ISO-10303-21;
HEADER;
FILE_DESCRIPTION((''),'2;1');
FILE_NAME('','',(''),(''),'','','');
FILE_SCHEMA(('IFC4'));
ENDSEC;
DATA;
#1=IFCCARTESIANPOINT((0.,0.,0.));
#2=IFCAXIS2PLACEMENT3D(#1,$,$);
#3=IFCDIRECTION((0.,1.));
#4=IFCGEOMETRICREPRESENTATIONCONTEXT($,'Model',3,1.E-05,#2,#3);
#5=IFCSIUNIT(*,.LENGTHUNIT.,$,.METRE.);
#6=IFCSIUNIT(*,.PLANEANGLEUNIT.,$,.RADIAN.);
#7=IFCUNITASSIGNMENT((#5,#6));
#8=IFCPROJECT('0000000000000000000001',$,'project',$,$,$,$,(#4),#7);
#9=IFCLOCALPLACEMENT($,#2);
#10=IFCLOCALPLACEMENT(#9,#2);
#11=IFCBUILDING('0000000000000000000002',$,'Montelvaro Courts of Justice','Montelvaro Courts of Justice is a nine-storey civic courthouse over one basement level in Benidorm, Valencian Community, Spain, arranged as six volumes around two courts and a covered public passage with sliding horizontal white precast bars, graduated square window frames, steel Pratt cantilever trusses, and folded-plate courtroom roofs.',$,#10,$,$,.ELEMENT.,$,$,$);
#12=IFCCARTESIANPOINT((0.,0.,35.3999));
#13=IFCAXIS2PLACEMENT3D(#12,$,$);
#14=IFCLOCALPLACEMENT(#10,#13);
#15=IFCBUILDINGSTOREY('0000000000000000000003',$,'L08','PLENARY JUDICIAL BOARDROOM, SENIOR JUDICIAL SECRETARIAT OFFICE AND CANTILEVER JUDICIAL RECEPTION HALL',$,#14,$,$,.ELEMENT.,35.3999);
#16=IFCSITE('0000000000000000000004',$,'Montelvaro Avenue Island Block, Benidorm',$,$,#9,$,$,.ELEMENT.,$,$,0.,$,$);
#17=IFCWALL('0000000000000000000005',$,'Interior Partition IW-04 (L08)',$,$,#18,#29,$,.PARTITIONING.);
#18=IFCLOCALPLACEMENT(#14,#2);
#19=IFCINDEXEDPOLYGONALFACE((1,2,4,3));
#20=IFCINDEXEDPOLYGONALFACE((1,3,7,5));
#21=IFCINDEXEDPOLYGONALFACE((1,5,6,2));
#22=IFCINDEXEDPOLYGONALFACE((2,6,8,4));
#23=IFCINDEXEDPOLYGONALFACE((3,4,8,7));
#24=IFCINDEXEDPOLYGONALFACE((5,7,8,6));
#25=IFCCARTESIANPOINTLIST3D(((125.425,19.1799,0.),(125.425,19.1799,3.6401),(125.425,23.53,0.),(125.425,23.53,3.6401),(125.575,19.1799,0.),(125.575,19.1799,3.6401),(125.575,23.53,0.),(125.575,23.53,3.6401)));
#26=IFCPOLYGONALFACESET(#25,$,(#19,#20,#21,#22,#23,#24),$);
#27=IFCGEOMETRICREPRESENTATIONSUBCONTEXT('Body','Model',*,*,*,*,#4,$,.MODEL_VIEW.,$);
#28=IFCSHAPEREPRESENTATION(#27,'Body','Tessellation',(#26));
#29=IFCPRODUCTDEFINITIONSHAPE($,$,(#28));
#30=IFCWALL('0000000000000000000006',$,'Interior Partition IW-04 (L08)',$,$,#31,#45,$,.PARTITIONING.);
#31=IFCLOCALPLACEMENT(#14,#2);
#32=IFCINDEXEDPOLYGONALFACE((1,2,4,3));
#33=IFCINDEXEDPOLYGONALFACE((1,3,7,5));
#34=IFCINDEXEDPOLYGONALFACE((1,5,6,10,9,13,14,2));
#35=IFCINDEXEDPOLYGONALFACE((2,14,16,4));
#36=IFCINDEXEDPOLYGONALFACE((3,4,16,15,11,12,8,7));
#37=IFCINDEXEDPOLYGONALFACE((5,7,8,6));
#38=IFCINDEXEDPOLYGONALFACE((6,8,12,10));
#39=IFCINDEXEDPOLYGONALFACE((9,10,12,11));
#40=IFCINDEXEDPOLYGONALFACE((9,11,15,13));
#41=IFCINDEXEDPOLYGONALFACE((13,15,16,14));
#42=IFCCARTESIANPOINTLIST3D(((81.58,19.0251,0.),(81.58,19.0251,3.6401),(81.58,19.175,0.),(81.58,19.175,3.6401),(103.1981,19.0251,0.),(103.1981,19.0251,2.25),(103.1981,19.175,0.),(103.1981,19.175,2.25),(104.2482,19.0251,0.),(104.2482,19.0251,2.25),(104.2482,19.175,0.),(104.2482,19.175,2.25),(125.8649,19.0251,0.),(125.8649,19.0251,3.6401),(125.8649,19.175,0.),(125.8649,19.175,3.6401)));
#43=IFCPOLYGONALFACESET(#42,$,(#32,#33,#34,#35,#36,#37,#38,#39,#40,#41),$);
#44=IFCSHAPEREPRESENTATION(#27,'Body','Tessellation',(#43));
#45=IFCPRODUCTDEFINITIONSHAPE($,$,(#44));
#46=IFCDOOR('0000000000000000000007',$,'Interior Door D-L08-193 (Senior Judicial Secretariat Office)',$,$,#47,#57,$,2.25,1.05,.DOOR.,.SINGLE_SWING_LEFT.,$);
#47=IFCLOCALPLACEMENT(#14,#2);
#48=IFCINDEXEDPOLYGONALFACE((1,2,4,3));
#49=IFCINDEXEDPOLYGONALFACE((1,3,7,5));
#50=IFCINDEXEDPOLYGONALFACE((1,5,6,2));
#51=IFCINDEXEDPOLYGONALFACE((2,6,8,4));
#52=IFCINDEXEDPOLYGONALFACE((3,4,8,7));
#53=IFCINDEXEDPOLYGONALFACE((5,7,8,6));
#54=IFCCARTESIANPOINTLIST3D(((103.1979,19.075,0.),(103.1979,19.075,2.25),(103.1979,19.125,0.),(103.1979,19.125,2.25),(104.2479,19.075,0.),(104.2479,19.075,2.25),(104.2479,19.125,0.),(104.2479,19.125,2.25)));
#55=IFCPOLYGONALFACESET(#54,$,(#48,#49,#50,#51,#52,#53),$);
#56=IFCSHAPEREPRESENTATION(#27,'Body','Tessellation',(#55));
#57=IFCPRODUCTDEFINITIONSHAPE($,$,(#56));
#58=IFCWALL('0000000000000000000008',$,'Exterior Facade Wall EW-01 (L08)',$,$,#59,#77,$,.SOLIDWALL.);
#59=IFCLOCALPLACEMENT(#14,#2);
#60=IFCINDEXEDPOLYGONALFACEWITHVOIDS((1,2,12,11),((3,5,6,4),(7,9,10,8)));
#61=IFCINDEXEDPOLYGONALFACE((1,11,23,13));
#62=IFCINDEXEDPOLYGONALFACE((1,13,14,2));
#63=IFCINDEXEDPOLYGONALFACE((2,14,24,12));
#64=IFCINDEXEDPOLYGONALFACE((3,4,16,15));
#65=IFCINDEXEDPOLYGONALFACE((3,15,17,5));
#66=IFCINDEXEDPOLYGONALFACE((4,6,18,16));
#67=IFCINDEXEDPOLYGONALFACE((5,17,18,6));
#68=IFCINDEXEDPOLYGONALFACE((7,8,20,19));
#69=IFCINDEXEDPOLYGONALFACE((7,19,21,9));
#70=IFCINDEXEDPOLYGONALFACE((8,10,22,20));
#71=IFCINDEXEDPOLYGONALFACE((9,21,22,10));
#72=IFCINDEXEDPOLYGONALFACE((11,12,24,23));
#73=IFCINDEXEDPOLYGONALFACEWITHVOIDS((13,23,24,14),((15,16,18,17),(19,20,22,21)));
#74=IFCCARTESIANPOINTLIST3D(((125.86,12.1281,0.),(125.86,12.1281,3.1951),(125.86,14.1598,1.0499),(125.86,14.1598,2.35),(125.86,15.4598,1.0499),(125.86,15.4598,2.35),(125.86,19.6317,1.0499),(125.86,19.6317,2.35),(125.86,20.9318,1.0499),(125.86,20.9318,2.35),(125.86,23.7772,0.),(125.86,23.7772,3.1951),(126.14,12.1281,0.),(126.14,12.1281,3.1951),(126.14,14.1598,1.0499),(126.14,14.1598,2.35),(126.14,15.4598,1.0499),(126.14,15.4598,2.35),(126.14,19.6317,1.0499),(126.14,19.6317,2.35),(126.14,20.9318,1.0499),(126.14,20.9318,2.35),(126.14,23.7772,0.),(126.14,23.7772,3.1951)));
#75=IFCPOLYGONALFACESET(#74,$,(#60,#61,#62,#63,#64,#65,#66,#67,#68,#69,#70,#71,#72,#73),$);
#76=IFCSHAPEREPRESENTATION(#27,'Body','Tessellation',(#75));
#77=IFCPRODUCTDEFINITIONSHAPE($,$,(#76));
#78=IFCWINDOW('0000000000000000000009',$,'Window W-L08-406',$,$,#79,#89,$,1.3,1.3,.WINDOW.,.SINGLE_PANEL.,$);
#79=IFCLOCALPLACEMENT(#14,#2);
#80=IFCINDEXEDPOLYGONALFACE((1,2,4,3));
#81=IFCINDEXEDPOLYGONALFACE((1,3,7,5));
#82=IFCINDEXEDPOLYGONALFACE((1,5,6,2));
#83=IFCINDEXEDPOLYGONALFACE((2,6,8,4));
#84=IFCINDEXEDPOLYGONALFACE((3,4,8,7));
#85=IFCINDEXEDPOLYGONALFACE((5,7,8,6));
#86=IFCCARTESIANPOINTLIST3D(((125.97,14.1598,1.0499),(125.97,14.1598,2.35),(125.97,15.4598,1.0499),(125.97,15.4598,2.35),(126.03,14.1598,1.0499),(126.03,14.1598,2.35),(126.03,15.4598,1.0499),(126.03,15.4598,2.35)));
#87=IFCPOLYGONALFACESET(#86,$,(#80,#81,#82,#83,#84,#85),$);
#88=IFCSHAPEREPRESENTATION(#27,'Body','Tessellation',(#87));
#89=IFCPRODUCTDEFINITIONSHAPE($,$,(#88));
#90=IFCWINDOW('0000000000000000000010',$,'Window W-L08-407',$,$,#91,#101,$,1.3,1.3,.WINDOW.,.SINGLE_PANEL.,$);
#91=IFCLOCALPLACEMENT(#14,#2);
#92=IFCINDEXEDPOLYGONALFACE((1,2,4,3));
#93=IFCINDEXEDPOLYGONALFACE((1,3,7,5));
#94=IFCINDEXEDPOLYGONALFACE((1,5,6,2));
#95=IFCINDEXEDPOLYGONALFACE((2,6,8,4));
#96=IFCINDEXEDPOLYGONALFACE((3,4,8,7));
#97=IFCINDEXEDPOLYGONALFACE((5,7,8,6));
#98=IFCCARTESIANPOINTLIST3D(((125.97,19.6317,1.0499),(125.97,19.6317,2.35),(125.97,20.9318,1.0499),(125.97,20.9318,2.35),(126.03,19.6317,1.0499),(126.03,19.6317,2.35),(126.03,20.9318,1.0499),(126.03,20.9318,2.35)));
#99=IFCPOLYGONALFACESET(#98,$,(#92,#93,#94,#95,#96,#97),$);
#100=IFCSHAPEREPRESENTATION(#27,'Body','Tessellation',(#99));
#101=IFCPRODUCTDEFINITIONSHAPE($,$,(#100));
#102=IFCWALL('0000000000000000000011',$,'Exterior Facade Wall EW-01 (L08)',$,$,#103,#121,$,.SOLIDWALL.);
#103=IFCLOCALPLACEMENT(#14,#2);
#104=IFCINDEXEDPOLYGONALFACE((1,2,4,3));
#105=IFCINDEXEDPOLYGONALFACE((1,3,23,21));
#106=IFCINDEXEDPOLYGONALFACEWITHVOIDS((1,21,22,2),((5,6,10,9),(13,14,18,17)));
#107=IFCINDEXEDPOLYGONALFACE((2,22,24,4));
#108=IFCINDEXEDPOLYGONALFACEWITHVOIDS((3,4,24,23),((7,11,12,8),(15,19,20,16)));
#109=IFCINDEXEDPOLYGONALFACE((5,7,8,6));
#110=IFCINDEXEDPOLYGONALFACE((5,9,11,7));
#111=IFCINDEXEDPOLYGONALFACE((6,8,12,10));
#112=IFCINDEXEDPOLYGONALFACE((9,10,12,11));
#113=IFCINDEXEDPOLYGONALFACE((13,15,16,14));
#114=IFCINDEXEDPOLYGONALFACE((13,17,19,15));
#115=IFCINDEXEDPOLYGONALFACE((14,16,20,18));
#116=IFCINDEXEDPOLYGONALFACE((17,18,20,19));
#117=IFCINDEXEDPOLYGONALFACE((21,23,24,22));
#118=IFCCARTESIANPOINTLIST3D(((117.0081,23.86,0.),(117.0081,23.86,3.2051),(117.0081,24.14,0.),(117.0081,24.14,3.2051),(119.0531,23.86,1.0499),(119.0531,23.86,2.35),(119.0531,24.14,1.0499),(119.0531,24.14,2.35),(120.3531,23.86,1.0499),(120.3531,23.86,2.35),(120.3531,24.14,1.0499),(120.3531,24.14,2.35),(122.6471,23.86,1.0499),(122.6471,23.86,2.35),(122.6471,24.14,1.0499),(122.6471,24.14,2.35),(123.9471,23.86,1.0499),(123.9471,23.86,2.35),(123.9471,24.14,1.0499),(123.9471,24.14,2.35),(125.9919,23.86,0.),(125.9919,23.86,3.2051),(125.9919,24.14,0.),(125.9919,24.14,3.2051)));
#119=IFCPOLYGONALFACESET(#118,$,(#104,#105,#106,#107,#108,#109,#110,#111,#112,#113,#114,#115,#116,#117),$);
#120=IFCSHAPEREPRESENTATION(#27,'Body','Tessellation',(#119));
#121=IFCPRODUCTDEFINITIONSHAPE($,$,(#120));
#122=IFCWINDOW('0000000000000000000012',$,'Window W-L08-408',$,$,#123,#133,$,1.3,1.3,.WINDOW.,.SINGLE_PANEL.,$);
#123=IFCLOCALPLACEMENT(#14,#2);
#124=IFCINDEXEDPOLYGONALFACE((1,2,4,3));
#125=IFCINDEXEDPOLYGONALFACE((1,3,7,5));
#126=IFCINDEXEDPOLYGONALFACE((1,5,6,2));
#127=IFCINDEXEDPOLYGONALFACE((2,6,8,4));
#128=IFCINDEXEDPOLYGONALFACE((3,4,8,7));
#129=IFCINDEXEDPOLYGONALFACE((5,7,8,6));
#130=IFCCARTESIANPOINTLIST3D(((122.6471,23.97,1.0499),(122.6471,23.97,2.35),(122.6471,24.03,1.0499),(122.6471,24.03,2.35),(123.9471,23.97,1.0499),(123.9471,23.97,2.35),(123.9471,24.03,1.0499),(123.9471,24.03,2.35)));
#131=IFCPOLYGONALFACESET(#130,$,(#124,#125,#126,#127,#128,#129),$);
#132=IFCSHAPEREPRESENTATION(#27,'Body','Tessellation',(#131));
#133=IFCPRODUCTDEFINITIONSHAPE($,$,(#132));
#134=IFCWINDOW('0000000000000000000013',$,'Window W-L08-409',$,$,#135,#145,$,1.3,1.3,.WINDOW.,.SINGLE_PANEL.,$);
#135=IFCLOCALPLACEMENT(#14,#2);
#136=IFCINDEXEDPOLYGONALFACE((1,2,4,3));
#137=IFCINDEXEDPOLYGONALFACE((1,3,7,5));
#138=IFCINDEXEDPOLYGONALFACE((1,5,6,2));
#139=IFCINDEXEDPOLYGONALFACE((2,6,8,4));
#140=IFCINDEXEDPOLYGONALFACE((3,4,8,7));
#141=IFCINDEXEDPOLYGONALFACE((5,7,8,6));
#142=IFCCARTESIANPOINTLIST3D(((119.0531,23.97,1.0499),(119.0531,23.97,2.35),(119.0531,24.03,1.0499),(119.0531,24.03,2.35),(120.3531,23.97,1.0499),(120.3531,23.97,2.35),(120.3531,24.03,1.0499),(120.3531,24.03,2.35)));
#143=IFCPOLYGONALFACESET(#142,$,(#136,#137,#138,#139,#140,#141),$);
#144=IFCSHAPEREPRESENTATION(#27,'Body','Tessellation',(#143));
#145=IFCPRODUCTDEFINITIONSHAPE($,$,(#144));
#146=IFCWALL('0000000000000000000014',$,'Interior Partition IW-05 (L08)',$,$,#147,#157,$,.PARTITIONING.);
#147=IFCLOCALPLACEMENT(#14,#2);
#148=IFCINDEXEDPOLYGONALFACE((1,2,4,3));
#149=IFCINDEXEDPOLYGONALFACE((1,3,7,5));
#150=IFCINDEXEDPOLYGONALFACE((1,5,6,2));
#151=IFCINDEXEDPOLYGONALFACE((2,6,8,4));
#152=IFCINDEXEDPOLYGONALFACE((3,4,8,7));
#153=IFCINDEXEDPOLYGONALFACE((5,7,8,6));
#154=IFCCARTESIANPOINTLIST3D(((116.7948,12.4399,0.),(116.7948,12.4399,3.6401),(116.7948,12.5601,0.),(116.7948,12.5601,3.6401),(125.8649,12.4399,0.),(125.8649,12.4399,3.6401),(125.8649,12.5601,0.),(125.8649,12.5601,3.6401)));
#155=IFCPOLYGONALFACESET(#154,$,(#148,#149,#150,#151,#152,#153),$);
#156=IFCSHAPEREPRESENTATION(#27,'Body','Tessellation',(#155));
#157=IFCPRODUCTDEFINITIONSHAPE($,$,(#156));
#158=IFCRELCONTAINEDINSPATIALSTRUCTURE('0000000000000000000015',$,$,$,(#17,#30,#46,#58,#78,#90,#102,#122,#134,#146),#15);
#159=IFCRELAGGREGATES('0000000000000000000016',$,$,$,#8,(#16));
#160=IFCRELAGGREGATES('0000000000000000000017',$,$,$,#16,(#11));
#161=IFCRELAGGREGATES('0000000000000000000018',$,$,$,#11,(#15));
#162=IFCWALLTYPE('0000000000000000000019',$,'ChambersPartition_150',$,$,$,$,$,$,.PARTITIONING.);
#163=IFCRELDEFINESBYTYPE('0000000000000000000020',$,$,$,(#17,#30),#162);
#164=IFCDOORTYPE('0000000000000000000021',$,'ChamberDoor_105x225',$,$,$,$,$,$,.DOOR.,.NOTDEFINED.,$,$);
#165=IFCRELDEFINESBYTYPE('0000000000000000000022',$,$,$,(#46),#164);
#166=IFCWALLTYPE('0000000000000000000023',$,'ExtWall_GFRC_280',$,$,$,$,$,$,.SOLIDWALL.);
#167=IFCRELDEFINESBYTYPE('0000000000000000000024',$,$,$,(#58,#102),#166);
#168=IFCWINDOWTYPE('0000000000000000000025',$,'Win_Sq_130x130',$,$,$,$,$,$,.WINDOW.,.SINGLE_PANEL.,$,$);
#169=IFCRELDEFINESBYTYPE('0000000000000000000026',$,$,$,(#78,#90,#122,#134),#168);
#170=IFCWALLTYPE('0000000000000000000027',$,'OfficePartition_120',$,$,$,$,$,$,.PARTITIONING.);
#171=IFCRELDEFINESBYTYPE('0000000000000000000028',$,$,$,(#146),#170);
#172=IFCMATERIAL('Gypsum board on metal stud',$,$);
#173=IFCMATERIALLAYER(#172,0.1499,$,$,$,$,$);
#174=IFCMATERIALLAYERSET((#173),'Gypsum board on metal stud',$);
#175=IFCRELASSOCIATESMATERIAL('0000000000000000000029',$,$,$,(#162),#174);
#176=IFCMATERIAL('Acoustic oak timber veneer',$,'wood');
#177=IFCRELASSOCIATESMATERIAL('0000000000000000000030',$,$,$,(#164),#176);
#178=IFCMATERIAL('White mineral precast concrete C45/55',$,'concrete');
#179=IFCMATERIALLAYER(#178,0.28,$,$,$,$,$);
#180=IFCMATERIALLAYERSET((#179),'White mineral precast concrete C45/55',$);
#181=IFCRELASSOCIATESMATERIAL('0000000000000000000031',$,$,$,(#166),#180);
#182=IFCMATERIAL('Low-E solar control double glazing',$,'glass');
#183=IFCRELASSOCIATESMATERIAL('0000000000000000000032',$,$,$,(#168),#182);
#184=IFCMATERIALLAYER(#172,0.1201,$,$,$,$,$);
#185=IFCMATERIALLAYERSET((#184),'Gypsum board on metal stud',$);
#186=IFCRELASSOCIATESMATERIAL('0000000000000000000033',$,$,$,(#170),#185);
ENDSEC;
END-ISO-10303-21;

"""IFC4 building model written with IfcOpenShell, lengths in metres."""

from ifc_helpers import new_model, si_unit, direction, frame, frame_2d, origin, place, context, subcontext, project, spatial, rectangle, extrude, material, layer, layer_set, type_object, element, fill, save


model = new_model("IFC4")

# Units and contexts
model_context = context("Model", 3, precision=1e-05, world=origin(), true_north=direction((0.0, 1.0)))
body_context = subcontext(model_context, "Body", "Model", "MODEL_VIEW")
ifc_project = project(units=[si_unit("LENGTHUNIT", "METRE"), si_unit("PLANEANGLEUNIT", "RADIAN")], contexts=[model_context])

# Site, building, storey
site_placement = place(None, origin())
site = spatial("IfcSite", under=ifc_project, at=site_placement, Name="Montelvaro Avenue Island Block, Benidorm", CompositionType="ELEMENT", RefElevation=0.0)
building_placement = place(site_placement, origin())
building = spatial("IfcBuilding", under=site, at=building_placement, Name="Montelvaro Courts of Justice", Description="Montelvaro Courts of Justice is a nine-storey civic courthouse over one basement level in Benidorm, Valencian Community, Spain, arranged as six volumes around two courts and a covered public passage with sliding horizontal white precast bars, graduated square window frames, steel Pratt cantilever trusses, and folded-plate courtroom roofs.", CompositionType="ELEMENT")
storey_placement = place(building_placement, frame((0.0, 0.0, 35.3999)))
storey = spatial("IfcBuildingStorey", under=building, at=storey_placement, Name="L08", Description="PLENARY JUDICIAL BOARDROOM, SENIOR JUDICIAL SECRETARIAT OFFICE AND CANTILEVER JUDICIAL RECEPTION HALL", CompositionType="ELEMENT", Elevation=35.3999)

# Shared definitions
ifc_material_1 = material(Name="White mineral precast concrete C45/55", Category="concrete")

# Wall
ifc_material_2 = material(Name="Gypsum board on metal stud")
ifc_layer_1 = layer(ifc_material_2, 0.1499)
ifc_layer_set_1 = layer_set([ifc_layer_1], Name="Gypsum board on metal stud")
wall_type_1 = type_object("IfcWallType", Name="ChambersPartition_150", PredefinedType="PARTITIONING", material=ifc_layer_set_1)
wall_1_placement = place(storey_placement, frame((125.5, 23.53, 0.0), z_axis=(0.0, 0.0, 1.0), x_axis=(0.0, -1.0, 0.0)))
element("IfcWall", 1, at=wall_1_placement, inside=storey, type_object=wall_type_1, Name="Interior Partition IW-04 (L08)", PredefinedType="PARTITIONING", context=body_context, shape_type="SweptSolid", body=[
    extrude(rectangle(XDim=4.3501, YDim=0.1499, at=frame_2d((2.175, 0.0))), origin(), (0.0, 0.0, 1.0), 3.6401),
])

# Wall, opening, door
wall_2_placement = place(storey_placement, frame((125.865, 19.1001, 0.0), z_axis=(0.0, 0.0, 1.0), x_axis=(-1.0, 0.0, 0.0)))
wall_2 = element("IfcWall", 2, at=wall_2_placement, inside=storey, type_object=wall_type_1, Name="Interior Partition IW-04 (L08)", PredefinedType="PARTITIONING", context=body_context, shape_type="SweptSolid", body=[
    extrude(rectangle(XDim=44.2849, YDim=0.1499, at=frame_2d((22.1426, 0.0))), origin(), (0.0, 0.0, 1.0), 3.6401),
])
opening_1_placement = place(wall_2_placement, frame((21.6169, 0.0, 0.0)))
opening_1 = element("IfcOpeningElement", 3, at=opening_1_placement, cuts=wall_2, PredefinedType="OPENING", context=body_context, shape_type="SweptSolid", body=[
    extrude(rectangle(XDim=1.05, YDim=2.25, at=frame_2d((0.5249, 1.125))), frame((0.0, 0.0898, 0.0), z_axis=(0.0, -1.0, 0.0), x_axis=(1.0, 0.0, 0.0)), (0.0, 0.0, 1.0), 0.1797),
])
ifc_material_3 = material(Name="Acoustic oak timber veneer", Category="wood")
door_type = type_object("IfcDoorType", Name="ChamberDoor_105x225", OperationType="NOTDEFINED", PredefinedType="DOOR", material=ifc_material_3)
door_placement = place(opening_1_placement, frame((1.05, 0.0, 0.0), z_axis=(0.0, 0.0, 1.0), x_axis=(-1.0, 0.0, 0.0)))
door = element("IfcDoor", 4, at=door_placement, inside=storey, type_object=door_type, Name="Interior Door D-L08-193 (Senior Judicial Secretariat Office)", OperationType="SINGLE_SWING_LEFT", OverallHeight=2.25, OverallWidth=1.05, PredefinedType="DOOR", context=body_context, shape_type="SweptSolid", body=[
    extrude(rectangle(XDim=1.05, YDim=2.25, at=frame_2d((0.5249, 1.125))), frame((0.0, 0.0249, 0.0), z_axis=(0.0, -1.0, 0.0), x_axis=(1.0, 0.0, 0.0)), (0.0, 0.0, 1.0), 0.05),
])
fill(opening_1, door)

# Walls, openings, windows
ifc_layer_2 = layer(ifc_material_1, 0.28)
ifc_layer_set_2 = layer_set([ifc_layer_2], Name="White mineral precast concrete C45/55")
wall_type_2 = type_object("IfcWallType", Name="ExtWall_GFRC_280", PredefinedType="SOLIDWALL", material=ifc_layer_set_2)
wall_3_placement = place(storey_placement, frame((126.0, 12.1279, 0.0), z_axis=(0.0, 0.0, 1.0), x_axis=(0.0, 1.0, 0.0)))
wall_3 = element("IfcWall", 5, at=wall_3_placement, inside=storey, type_object=wall_type_2, Name="Exterior Facade Wall EW-01 (L08)", PredefinedType="SOLIDWALL", context=body_context, shape_type="SweptSolid", body=[
    extrude(rectangle(XDim=11.6492, YDim=0.28, at=frame_2d((5.8247, 0.0))), origin(), (0.0, 0.0, 1.0), 3.1951),
])
opening_2_placement = place(wall_3_placement, frame((2.032, 0.0, 1.05)))
opening_2 = element("IfcOpeningElement", 6, at=opening_2_placement, cuts=wall_3, PredefinedType="OPENING", context=body_context, shape_type="SweptSolid", body=[
    extrude(rectangle(XDim=1.3, YDim=1.3, at=frame_2d((0.6499, 0.6499))), frame((0.0, 0.1548, 0.0), z_axis=(0.0, -1.0, 0.0), x_axis=(1.0, 0.0, 0.0)), (0.0, 0.0, 1.0), 0.3098),
])
opening_3_placement = place(wall_3_placement, frame((7.5039, 0.0, 1.05)))
opening_3 = element("IfcOpeningElement", 7, at=opening_3_placement, cuts=wall_3, PredefinedType="OPENING", context=body_context, shape_type="SweptSolid", body=[
    extrude(rectangle(XDim=1.3, YDim=1.3, at=frame_2d((0.6499, 0.6499))), frame((0.0, 0.1548, 0.0), z_axis=(0.0, -1.0, 0.0), x_axis=(1.0, 0.0, 0.0)), (0.0, 0.0, 1.0), 0.3098),
])
ifc_material_4 = material(Name="Low-E solar control double glazing", Category="glass")
window_type = type_object("IfcWindowType", Name="Win_Sq_130x130", PartitioningType="SINGLE_PANEL", PredefinedType="WINDOW", material=ifc_material_4)
window_1_placement = place(opening_2_placement, origin())
window_1 = element("IfcWindow", 8, at=window_1_placement, inside=storey, type_object=window_type, Name="Window W-L08-406", OverallHeight=1.3, OverallWidth=1.3, PartitioningType="SINGLE_PANEL", PredefinedType="WINDOW", context=body_context, shape_type="SweptSolid", body=[
    extrude(rectangle(XDim=1.3, YDim=1.3, at=frame_2d((0.6499, 0.6499))), frame((0.0, 0.03, 0.0), z_axis=(0.0, -1.0, 0.0), x_axis=(1.0, 0.0, 0.0)), (0.0, 0.0, 1.0), 0.0601),
])
fill(opening_2, window_1)
window_2_placement = place(opening_3_placement, origin())
window_2 = element("IfcWindow", 9, at=window_2_placement, inside=storey, type_object=window_type, Name="Window W-L08-407", OverallHeight=1.3, OverallWidth=1.3, PartitioningType="SINGLE_PANEL", PredefinedType="WINDOW", context=body_context, shape_type="SweptSolid", body=[
    extrude(rectangle(XDim=1.3, YDim=1.3, at=frame_2d((0.6499, 0.6499))), frame((0.0, 0.03, 0.0), z_axis=(0.0, -1.0, 0.0), x_axis=(1.0, 0.0, 0.0)), (0.0, 0.0, 1.0), 0.0601),
])
fill(opening_3, window_2)
wall_4_placement = place(storey_placement, frame((125.9919, 24.0, 0.0), z_axis=(0.0, 0.0, 1.0), x_axis=(-1.0, 0.0, 0.0)))
wall_4 = element("IfcWall", 10, at=wall_4_placement, inside=storey, type_object=wall_type_2, Name="Exterior Facade Wall EW-01 (L08)", PredefinedType="SOLIDWALL", context=body_context, shape_type="SweptSolid", body=[
    extrude(rectangle(XDim=8.9839, YDim=0.28, at=frame_2d((4.4919, 0.0))), origin(), (0.0, 0.0, 1.0), 3.2051),
])
opening_4_placement = place(wall_4_placement, frame((2.0449, 0.0, 1.05)))
opening_4 = element("IfcOpeningElement", 11, at=opening_4_placement, cuts=wall_4, PredefinedType="OPENING", context=body_context, shape_type="SweptSolid", body=[
    extrude(rectangle(XDim=1.3, YDim=1.3, at=frame_2d((0.6499, 0.6499))), frame((0.0, 0.1548, 0.0), z_axis=(0.0, -1.0, 0.0), x_axis=(1.0, 0.0, 0.0)), (0.0, 0.0, 1.0), 0.3098),
])
opening_5_placement = place(wall_4_placement, frame((5.6389, 0.0, 1.05)))
opening_5 = element("IfcOpeningElement", 12, at=opening_5_placement, cuts=wall_4, PredefinedType="OPENING", context=body_context, shape_type="SweptSolid", body=[
    extrude(rectangle(XDim=1.3, YDim=1.3, at=frame_2d((0.6499, 0.6499))), frame((0.0, 0.1548, 0.0), z_axis=(0.0, -1.0, 0.0), x_axis=(1.0, 0.0, 0.0)), (0.0, 0.0, 1.0), 0.3098),
])
window_3_placement = place(opening_4_placement, origin())
window_3 = element("IfcWindow", 13, at=window_3_placement, inside=storey, type_object=window_type, Name="Window W-L08-408", OverallHeight=1.3, OverallWidth=1.3, PartitioningType="SINGLE_PANEL", PredefinedType="WINDOW", context=body_context, shape_type="SweptSolid", body=[
    extrude(rectangle(XDim=1.3, YDim=1.3, at=frame_2d((0.6499, 0.6499))), frame((0.0, 0.03, 0.0), z_axis=(0.0, -1.0, 0.0), x_axis=(1.0, 0.0, 0.0)), (0.0, 0.0, 1.0), 0.0601),
])
fill(opening_4, window_3)
window_4_placement = place(opening_5_placement, origin())
window_4 = element("IfcWindow", 14, at=window_4_placement, inside=storey, type_object=window_type, Name="Window W-L08-409", OverallHeight=1.3, OverallWidth=1.3, PartitioningType="SINGLE_PANEL", PredefinedType="WINDOW", context=body_context, shape_type="SweptSolid", body=[
    extrude(rectangle(XDim=1.3, YDim=1.3, at=frame_2d((0.6499, 0.6499))), frame((0.0, 0.03, 0.0), z_axis=(0.0, -1.0, 0.0), x_axis=(1.0, 0.0, 0.0)), (0.0, 0.0, 1.0), 0.0601),
])
fill(opening_5, window_4)

# Wall
ifc_layer_3 = layer(ifc_material_2, 0.1201)
ifc_layer_set_3 = layer_set([ifc_layer_3], Name="Gypsum board on metal stud")
wall_type_3 = type_object("IfcWallType", Name="OfficePartition_120", PredefinedType="PARTITIONING", material=ifc_layer_set_3)
wall_5_placement = place(storey_placement, frame((125.865, 12.5, 0.0), z_axis=(0.0, 0.0, 1.0), x_axis=(-1.0, 0.0, 0.0)))
element("IfcWall", 15, at=wall_5_placement, inside=storey, type_object=wall_type_3, Name="Interior Partition IW-05 (L08)", PredefinedType="PARTITIONING", context=body_context, shape_type="SweptSolid", body=[
    extrude(rectangle(XDim=9.0701, YDim=0.1201, at=frame_2d((4.5352, 0.0))), origin(), (0.0, 0.0, 1.0), 3.6401),
])

save(model, "model.ifc")
